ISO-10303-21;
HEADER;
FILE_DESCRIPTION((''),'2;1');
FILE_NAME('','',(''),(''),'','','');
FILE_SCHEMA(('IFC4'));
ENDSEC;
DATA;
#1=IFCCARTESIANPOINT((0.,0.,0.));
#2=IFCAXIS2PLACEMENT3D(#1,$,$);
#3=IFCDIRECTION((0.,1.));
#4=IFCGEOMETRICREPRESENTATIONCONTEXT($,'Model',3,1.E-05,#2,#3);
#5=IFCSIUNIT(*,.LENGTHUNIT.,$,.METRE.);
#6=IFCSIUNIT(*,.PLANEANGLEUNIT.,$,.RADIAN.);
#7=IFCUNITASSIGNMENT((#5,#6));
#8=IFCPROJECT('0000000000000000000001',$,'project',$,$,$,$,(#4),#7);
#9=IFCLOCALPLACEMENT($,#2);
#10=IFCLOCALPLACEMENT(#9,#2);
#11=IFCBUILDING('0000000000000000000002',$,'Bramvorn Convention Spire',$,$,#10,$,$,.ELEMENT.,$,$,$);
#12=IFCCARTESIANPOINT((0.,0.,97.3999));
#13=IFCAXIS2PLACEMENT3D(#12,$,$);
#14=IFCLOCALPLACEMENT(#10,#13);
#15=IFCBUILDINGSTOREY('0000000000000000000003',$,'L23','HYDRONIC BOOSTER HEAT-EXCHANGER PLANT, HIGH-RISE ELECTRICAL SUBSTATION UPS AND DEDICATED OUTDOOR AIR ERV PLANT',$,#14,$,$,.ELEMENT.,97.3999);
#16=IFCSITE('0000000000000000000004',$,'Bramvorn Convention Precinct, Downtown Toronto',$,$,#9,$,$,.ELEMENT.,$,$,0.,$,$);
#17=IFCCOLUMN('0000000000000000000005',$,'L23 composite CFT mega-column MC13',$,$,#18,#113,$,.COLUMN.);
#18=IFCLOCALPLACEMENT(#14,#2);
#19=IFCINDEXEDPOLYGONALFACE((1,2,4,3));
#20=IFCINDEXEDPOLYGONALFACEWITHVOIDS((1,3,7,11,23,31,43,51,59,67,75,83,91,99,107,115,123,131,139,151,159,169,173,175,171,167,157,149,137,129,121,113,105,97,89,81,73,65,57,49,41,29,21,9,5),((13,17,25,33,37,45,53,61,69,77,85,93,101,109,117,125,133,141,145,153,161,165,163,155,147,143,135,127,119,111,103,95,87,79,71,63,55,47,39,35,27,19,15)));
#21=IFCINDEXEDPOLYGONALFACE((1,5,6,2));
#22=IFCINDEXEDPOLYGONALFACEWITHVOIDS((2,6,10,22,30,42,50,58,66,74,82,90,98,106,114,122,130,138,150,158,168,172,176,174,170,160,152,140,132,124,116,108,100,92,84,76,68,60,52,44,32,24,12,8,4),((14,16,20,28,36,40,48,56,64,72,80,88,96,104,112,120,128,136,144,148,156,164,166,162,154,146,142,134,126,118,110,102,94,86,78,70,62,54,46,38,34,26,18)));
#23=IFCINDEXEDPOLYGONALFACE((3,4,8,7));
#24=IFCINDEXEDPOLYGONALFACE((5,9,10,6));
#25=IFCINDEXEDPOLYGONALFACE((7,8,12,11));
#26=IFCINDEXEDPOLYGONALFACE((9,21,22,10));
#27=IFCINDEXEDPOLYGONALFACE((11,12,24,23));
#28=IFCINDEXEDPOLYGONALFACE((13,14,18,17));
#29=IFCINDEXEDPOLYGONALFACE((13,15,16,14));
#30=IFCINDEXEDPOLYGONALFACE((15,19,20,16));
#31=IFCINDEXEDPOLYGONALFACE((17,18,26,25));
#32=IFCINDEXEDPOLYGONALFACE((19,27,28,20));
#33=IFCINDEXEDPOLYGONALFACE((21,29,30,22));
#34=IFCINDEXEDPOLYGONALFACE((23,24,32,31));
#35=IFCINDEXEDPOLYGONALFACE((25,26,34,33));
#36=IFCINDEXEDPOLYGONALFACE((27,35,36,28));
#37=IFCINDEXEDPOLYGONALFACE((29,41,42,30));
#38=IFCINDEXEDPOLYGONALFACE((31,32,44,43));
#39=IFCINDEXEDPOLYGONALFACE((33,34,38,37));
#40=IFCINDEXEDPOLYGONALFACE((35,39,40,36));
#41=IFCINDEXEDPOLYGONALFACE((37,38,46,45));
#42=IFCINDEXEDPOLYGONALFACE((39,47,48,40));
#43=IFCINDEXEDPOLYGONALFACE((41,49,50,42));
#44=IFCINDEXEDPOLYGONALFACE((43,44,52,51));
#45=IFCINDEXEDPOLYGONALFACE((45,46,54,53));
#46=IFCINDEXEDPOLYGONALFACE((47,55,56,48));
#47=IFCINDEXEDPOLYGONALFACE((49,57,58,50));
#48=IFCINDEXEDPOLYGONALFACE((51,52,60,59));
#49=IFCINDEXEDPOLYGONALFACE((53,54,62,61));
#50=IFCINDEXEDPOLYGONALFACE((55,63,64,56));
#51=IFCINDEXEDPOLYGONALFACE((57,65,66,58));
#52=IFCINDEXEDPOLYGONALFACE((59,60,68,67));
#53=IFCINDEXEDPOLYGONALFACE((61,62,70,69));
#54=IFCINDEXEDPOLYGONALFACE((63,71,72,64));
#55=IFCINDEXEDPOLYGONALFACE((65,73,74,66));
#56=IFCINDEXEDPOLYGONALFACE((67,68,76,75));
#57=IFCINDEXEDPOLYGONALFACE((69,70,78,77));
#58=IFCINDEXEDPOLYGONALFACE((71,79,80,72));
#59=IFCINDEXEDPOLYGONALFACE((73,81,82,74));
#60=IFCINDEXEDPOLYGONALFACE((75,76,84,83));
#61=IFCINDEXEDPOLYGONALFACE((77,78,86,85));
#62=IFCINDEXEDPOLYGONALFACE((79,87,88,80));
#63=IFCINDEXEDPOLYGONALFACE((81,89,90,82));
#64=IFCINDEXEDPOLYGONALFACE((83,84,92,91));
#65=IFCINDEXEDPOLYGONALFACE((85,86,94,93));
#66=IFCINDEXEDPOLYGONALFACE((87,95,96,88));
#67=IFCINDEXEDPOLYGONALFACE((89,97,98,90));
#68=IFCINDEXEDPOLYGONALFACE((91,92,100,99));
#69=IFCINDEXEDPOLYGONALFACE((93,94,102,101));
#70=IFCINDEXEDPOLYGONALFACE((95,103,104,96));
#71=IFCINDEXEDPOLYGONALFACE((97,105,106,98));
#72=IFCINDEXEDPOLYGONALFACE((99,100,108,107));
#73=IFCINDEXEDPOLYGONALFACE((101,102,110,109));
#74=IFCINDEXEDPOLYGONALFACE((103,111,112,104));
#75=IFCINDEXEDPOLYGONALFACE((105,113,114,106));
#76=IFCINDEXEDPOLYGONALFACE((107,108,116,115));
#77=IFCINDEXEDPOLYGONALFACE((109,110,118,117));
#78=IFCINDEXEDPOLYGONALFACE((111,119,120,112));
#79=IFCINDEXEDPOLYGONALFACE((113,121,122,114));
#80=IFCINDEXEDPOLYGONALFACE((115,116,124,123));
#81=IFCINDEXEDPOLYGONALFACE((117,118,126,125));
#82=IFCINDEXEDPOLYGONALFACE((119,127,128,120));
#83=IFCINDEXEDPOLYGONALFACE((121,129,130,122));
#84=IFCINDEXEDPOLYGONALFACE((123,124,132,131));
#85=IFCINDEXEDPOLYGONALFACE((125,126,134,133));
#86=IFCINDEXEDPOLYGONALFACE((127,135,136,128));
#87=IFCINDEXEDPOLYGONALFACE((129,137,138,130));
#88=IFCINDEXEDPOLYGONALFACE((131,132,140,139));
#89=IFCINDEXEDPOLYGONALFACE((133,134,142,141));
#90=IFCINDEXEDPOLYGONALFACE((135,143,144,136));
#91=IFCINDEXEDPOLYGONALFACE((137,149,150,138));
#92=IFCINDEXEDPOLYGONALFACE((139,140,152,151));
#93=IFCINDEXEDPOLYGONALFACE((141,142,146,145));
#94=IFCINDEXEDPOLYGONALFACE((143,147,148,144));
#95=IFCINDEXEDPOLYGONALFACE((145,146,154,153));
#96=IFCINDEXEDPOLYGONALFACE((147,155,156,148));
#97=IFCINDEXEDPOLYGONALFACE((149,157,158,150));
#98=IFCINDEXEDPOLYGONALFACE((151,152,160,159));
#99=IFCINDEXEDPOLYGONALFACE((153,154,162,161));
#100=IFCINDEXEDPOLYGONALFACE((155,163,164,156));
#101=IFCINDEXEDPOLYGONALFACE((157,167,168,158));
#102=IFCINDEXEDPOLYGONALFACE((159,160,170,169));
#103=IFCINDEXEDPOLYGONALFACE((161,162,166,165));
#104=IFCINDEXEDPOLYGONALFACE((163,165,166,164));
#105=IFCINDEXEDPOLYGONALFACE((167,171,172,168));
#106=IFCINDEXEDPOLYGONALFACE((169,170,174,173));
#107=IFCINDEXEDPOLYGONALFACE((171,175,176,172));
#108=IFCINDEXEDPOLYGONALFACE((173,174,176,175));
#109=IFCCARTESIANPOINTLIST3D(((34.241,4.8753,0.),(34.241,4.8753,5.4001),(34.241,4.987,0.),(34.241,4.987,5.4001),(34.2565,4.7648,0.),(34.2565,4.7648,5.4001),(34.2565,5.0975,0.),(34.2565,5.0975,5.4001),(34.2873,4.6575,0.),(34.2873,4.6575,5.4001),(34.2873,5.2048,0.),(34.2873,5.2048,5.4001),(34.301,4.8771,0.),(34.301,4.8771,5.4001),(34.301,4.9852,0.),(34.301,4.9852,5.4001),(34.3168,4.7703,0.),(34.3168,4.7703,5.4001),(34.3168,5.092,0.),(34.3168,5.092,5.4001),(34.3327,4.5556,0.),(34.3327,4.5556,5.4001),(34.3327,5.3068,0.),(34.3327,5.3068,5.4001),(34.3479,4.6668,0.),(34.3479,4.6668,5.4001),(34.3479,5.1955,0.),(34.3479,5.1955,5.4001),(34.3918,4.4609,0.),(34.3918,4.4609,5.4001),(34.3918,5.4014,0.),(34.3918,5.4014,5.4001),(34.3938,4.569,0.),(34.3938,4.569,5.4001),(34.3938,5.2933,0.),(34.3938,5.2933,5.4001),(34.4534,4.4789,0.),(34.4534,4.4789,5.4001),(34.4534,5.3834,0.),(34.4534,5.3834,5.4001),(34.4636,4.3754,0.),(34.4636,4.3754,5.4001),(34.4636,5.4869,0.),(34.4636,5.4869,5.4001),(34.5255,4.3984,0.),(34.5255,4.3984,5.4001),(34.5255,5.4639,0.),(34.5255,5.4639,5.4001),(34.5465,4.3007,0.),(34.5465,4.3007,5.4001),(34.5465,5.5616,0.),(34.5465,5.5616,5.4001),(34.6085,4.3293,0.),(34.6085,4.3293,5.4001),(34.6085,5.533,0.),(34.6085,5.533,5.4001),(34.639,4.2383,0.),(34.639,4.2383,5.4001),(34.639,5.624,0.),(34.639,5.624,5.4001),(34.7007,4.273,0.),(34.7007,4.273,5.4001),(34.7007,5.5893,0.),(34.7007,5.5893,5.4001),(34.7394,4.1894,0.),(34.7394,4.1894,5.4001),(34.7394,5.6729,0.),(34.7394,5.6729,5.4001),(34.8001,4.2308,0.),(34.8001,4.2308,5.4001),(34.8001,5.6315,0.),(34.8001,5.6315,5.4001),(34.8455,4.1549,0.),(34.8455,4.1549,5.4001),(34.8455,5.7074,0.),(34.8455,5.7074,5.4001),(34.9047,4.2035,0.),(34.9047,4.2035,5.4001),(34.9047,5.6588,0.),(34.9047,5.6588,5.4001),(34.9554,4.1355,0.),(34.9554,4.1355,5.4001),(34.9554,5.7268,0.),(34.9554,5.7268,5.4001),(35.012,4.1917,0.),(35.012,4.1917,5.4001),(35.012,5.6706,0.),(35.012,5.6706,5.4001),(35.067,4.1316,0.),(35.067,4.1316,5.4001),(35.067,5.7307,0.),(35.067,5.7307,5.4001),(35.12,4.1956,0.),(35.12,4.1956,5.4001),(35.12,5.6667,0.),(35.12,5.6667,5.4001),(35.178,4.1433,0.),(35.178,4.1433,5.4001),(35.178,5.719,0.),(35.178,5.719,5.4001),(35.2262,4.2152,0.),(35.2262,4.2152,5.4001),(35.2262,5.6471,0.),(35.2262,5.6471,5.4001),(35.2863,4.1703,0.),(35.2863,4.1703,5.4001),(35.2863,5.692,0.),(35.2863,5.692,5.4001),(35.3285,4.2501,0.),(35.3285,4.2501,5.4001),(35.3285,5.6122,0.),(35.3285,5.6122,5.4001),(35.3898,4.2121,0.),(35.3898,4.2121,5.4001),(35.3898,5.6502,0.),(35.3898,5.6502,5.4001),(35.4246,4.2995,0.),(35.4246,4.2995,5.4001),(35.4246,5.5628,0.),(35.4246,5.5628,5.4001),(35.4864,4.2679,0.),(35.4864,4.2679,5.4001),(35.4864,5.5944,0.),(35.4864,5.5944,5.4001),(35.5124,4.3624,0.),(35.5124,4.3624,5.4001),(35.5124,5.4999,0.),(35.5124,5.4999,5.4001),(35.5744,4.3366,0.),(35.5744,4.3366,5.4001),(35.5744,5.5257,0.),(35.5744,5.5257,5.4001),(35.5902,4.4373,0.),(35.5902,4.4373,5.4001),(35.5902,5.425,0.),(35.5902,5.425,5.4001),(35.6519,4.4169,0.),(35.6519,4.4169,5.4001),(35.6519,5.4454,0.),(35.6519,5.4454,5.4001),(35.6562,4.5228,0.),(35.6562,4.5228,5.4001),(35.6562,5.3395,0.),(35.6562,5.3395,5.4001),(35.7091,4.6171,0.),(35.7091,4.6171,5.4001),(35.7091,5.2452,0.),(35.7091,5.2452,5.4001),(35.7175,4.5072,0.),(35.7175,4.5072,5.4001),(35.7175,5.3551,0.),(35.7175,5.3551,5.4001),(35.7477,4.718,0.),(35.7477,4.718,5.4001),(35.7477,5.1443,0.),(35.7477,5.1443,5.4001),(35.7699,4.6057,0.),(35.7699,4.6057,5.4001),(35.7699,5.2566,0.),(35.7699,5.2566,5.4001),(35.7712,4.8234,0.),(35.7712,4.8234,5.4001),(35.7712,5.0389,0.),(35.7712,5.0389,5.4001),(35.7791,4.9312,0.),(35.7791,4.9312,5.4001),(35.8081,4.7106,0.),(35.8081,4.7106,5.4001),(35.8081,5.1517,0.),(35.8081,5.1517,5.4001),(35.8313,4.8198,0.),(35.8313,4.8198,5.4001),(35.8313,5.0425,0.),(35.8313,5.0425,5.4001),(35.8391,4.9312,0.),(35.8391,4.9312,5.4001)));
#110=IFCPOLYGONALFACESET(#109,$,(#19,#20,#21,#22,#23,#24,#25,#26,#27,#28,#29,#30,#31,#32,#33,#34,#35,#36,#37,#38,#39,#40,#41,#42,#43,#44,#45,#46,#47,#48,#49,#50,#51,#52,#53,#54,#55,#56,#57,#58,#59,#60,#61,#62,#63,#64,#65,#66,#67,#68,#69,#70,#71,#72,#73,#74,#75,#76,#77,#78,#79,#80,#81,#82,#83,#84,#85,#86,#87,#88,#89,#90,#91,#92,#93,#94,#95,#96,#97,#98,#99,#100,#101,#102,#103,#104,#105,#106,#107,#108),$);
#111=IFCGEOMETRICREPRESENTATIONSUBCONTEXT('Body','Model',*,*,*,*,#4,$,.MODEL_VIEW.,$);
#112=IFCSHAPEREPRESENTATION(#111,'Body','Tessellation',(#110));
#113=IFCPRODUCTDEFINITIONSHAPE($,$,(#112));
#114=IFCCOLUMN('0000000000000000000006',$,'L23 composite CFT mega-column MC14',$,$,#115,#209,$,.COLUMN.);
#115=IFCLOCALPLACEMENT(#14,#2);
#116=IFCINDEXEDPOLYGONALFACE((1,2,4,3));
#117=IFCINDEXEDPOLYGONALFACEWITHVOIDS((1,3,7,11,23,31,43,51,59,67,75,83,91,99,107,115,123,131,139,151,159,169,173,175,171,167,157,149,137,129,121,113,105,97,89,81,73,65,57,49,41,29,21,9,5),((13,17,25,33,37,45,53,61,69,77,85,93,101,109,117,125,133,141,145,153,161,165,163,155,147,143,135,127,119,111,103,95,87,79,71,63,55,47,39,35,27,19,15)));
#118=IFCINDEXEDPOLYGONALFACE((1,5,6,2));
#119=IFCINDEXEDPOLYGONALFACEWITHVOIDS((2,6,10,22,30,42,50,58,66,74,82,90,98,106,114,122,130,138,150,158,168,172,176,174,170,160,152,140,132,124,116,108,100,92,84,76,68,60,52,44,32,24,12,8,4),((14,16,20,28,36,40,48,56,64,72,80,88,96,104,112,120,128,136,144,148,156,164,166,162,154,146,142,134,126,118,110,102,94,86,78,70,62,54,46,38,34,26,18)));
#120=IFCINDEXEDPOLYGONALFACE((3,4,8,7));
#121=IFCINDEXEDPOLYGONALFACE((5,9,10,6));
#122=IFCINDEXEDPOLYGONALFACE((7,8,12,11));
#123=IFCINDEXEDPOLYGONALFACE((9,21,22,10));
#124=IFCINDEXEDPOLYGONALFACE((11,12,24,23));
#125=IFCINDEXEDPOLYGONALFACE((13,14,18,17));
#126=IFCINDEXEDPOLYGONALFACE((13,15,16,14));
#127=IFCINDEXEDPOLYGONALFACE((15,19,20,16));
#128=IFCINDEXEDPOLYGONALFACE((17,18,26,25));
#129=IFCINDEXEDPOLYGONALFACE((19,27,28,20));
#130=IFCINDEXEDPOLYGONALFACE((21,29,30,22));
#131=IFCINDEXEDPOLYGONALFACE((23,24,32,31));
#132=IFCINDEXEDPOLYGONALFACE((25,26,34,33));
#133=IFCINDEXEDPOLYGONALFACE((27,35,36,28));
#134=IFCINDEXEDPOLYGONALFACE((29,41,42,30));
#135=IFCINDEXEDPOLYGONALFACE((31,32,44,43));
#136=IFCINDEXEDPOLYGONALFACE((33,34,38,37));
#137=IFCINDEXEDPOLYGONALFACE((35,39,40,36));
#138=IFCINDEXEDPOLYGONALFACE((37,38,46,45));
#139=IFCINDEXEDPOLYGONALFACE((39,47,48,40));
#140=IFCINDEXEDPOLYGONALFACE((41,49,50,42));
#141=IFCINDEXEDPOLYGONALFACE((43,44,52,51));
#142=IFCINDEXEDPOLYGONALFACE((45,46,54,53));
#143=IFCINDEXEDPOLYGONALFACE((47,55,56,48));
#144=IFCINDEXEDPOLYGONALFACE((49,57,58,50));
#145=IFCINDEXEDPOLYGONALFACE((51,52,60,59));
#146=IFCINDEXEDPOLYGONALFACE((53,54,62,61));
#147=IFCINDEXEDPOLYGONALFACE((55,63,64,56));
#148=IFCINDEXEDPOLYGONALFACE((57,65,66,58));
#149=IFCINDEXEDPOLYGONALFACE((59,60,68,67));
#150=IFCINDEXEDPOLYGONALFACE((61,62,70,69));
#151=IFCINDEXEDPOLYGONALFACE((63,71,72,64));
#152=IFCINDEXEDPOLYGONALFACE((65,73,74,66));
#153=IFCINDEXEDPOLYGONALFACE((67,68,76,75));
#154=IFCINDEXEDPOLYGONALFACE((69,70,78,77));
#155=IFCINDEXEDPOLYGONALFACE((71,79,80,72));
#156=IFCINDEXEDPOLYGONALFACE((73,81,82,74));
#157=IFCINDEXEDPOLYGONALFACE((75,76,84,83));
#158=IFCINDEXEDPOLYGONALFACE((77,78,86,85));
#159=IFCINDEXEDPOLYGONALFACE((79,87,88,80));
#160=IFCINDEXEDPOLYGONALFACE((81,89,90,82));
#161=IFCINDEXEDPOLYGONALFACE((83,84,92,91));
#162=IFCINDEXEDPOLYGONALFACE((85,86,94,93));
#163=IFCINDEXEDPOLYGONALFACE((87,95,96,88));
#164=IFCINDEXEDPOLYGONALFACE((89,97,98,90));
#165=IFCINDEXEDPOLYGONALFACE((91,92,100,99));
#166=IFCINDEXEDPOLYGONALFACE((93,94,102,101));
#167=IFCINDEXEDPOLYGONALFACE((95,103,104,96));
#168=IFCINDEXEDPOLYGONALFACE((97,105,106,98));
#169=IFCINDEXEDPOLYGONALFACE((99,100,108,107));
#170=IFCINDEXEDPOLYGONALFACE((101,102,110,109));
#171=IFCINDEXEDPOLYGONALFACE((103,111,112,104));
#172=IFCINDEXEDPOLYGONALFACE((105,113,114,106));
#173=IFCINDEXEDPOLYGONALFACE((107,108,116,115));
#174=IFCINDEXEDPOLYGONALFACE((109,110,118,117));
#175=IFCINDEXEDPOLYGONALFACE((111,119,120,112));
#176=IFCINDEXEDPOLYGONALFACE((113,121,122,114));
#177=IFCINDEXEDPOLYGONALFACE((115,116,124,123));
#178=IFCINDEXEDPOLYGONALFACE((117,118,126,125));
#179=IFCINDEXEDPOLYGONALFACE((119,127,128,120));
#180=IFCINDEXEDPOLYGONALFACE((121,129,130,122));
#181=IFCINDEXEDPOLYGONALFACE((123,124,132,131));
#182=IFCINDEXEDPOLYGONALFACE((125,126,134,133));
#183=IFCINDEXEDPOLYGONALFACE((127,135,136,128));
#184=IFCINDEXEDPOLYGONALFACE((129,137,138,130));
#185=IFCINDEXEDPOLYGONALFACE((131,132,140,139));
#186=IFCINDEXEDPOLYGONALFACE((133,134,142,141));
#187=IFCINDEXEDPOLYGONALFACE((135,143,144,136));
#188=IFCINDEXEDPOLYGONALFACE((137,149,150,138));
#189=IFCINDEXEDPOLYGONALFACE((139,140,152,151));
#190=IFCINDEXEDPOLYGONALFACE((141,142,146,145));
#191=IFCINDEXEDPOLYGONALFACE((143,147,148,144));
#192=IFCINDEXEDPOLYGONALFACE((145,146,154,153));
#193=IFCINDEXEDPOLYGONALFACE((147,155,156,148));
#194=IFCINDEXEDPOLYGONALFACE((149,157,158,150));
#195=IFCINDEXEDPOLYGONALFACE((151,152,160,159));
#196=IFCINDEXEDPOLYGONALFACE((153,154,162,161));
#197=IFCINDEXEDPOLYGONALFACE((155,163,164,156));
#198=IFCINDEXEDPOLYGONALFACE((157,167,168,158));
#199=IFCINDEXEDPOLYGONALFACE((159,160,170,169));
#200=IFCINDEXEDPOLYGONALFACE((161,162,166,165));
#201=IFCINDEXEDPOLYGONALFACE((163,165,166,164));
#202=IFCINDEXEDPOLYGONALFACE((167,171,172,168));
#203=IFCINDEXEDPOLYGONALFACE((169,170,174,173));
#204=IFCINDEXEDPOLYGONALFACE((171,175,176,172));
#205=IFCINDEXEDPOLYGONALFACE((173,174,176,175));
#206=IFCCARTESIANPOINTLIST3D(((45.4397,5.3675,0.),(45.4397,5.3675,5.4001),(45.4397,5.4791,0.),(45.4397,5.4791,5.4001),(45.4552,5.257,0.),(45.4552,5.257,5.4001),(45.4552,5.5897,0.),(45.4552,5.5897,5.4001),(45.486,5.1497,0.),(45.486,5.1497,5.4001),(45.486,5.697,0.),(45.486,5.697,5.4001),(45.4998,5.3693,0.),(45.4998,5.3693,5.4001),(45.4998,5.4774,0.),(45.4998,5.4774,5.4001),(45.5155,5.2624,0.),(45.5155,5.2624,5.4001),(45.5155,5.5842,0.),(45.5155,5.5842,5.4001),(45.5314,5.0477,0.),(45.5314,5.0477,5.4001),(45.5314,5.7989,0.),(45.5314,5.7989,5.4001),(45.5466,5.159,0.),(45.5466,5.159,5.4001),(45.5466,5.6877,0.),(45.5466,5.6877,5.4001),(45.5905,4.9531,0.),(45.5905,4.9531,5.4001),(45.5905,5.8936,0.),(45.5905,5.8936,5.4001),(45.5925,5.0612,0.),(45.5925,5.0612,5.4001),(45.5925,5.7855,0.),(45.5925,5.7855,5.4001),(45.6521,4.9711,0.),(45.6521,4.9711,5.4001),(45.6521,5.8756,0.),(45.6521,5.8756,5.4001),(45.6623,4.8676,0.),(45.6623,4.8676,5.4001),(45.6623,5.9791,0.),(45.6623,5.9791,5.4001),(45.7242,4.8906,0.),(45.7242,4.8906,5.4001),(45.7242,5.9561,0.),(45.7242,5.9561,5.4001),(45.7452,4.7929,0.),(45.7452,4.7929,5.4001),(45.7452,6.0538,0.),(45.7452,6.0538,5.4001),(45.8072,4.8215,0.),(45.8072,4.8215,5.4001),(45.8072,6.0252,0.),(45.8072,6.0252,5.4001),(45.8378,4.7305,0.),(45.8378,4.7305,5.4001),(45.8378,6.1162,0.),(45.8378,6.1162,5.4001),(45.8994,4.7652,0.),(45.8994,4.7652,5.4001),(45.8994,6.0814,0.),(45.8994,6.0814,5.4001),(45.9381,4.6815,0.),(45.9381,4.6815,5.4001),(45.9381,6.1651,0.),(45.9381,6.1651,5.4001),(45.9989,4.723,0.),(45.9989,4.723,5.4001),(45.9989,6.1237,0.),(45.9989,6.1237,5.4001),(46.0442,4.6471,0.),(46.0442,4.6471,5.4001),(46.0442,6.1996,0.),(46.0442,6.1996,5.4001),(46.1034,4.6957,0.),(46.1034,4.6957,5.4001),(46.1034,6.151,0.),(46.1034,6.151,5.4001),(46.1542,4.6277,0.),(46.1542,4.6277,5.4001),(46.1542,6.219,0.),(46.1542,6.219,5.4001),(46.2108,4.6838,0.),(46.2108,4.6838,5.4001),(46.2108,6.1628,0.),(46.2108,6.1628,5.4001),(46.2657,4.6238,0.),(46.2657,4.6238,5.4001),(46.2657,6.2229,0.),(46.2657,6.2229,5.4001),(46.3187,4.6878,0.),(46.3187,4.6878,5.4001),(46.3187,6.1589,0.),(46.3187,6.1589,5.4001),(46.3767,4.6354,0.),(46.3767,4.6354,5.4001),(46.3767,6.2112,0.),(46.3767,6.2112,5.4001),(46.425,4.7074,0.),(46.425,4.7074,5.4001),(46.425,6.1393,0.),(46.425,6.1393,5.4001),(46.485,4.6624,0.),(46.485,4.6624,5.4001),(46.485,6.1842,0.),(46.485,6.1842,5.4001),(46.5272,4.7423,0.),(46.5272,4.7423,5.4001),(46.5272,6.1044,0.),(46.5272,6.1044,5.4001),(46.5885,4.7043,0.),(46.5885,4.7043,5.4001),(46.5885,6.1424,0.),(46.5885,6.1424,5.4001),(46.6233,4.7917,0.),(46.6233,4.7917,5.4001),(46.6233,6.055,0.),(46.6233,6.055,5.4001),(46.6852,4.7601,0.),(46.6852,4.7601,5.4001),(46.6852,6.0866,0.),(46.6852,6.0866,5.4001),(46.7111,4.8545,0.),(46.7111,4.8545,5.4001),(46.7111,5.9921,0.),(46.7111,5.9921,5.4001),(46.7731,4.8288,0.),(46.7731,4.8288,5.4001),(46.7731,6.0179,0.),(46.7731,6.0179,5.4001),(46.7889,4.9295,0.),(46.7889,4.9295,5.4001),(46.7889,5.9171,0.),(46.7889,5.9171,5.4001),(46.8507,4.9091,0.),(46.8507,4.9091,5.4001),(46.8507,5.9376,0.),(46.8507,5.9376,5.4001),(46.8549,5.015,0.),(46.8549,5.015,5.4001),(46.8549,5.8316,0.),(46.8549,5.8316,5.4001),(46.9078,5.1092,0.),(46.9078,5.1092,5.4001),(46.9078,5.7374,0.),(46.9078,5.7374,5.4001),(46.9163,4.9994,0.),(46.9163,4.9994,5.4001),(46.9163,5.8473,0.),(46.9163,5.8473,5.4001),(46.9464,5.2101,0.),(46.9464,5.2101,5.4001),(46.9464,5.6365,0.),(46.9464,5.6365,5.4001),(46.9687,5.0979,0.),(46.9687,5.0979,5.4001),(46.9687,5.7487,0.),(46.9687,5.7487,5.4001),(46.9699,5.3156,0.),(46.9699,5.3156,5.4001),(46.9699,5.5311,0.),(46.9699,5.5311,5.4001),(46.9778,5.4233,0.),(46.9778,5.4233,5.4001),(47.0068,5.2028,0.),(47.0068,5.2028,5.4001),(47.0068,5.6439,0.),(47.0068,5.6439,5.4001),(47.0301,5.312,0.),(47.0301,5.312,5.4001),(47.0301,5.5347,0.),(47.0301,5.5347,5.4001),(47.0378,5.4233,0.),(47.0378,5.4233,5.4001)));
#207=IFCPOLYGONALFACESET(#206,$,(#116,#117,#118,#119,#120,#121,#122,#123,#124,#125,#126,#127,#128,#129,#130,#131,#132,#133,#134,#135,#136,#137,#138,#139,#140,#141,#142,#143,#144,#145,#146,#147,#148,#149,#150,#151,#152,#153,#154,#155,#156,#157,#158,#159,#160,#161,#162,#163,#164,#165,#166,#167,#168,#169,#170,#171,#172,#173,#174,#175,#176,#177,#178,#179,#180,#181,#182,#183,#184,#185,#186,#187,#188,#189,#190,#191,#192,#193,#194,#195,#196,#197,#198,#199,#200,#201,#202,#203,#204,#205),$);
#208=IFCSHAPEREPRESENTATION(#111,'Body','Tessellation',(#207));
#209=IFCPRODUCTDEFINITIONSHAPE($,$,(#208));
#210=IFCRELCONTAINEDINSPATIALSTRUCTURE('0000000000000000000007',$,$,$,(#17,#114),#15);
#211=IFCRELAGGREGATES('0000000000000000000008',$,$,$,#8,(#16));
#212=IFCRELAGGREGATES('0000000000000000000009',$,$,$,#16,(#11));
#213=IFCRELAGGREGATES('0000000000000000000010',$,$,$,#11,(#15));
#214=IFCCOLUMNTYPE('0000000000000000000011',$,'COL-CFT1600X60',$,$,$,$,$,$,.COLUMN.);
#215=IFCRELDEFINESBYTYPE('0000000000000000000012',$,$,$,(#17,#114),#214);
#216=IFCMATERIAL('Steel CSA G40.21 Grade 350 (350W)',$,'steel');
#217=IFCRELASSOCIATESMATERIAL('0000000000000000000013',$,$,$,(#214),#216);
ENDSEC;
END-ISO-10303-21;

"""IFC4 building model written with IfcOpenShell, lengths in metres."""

from ifc_helpers import new_model, si_unit, direction, frame, origin, origin_2d, place, context, subcontext, project, spatial, hollow_circle, extrude, material, material_profile, profile_set, type_object, element, save


model = new_model("IFC4")

# Units and contexts
model_context = context("Model", 3, precision=1e-05, world=origin(), true_north=direction((0.0, 1.0)))
body_context = subcontext(model_context, "Body", "Model", "MODEL_VIEW")
ifc_project = project(units=[si_unit("LENGTHUNIT", "METRE"), si_unit("PLANEANGLEUNIT", "RADIAN")], contexts=[model_context])

# Site, building, storey
site_placement = place(None, origin())
site = spatial("IfcSite", under=ifc_project, at=site_placement, Name="Bramvorn Convention Precinct, Downtown Toronto", CompositionType="ELEMENT", RefElevation=0.0)
building_placement = place(site_placement, origin())
building = spatial("IfcBuilding", under=site, at=building_placement, Name="Bramvorn Convention Spire", CompositionType="ELEMENT")
storey_placement = place(building_placement, frame((0.0, 0.0, 97.3999)))
storey = spatial("IfcBuildingStorey", under=building, at=storey_placement, Name="L23", Description="HYDRONIC BOOSTER HEAT-EXCHANGER PLANT, HIGH-RISE ELECTRICAL SUBSTATION UPS AND DEDICATED OUTDOOR AIR ERV PLANT", CompositionType="ELEMENT", Elevation=97.3999)

# Columns
ifc_material_1 = material(Name="Steel CSA G40.21 Grade 350 (350W)", Category="steel")
ifc_material_profile_1 = material_profile(ifc_material_1, hollow_circle(Radius=0.8, WallThickness=0.0601, at=origin_2d()))
ifc_profile_set_1 = profile_set([ifc_material_profile_1], Name="Steel CSA G40.21 Grade 350 (350W) - CFT1600X60")
column_type = type_object("IfcColumnType", Name="COL-CFT1600X60", PredefinedType="COLUMN", material=ifc_profile_set_1)
for number, where, z_axis, x_axis, name in (
    (1, (35.0391, 4.9312, 0.0), (0.0, 0.0, 1.0), (1.0, 0.0, 0.0), "L23 composite CFT mega-column MC13"),
    (2, (46.2378, 5.4233, 0.0), (0.0, 0.0, 1.0), (1.0, 0.0, 0.0), "L23 composite CFT mega-column MC14"),
):
    element("IfcColumn", number, at=place(storey_placement, frame(where, z_axis=z_axis, x_axis=x_axis)), inside=storey, type_object=column_type, Name=name, PredefinedType="COLUMN", context=body_context, shape_type="SweptSolid", body=[
        extrude(hollow_circle(Radius=0.8, WallThickness=0.0601, at=origin_2d()), origin(), (0.0, 0.0, 1.0), 5.4001),
    ])

save(model, "model.ifc")
